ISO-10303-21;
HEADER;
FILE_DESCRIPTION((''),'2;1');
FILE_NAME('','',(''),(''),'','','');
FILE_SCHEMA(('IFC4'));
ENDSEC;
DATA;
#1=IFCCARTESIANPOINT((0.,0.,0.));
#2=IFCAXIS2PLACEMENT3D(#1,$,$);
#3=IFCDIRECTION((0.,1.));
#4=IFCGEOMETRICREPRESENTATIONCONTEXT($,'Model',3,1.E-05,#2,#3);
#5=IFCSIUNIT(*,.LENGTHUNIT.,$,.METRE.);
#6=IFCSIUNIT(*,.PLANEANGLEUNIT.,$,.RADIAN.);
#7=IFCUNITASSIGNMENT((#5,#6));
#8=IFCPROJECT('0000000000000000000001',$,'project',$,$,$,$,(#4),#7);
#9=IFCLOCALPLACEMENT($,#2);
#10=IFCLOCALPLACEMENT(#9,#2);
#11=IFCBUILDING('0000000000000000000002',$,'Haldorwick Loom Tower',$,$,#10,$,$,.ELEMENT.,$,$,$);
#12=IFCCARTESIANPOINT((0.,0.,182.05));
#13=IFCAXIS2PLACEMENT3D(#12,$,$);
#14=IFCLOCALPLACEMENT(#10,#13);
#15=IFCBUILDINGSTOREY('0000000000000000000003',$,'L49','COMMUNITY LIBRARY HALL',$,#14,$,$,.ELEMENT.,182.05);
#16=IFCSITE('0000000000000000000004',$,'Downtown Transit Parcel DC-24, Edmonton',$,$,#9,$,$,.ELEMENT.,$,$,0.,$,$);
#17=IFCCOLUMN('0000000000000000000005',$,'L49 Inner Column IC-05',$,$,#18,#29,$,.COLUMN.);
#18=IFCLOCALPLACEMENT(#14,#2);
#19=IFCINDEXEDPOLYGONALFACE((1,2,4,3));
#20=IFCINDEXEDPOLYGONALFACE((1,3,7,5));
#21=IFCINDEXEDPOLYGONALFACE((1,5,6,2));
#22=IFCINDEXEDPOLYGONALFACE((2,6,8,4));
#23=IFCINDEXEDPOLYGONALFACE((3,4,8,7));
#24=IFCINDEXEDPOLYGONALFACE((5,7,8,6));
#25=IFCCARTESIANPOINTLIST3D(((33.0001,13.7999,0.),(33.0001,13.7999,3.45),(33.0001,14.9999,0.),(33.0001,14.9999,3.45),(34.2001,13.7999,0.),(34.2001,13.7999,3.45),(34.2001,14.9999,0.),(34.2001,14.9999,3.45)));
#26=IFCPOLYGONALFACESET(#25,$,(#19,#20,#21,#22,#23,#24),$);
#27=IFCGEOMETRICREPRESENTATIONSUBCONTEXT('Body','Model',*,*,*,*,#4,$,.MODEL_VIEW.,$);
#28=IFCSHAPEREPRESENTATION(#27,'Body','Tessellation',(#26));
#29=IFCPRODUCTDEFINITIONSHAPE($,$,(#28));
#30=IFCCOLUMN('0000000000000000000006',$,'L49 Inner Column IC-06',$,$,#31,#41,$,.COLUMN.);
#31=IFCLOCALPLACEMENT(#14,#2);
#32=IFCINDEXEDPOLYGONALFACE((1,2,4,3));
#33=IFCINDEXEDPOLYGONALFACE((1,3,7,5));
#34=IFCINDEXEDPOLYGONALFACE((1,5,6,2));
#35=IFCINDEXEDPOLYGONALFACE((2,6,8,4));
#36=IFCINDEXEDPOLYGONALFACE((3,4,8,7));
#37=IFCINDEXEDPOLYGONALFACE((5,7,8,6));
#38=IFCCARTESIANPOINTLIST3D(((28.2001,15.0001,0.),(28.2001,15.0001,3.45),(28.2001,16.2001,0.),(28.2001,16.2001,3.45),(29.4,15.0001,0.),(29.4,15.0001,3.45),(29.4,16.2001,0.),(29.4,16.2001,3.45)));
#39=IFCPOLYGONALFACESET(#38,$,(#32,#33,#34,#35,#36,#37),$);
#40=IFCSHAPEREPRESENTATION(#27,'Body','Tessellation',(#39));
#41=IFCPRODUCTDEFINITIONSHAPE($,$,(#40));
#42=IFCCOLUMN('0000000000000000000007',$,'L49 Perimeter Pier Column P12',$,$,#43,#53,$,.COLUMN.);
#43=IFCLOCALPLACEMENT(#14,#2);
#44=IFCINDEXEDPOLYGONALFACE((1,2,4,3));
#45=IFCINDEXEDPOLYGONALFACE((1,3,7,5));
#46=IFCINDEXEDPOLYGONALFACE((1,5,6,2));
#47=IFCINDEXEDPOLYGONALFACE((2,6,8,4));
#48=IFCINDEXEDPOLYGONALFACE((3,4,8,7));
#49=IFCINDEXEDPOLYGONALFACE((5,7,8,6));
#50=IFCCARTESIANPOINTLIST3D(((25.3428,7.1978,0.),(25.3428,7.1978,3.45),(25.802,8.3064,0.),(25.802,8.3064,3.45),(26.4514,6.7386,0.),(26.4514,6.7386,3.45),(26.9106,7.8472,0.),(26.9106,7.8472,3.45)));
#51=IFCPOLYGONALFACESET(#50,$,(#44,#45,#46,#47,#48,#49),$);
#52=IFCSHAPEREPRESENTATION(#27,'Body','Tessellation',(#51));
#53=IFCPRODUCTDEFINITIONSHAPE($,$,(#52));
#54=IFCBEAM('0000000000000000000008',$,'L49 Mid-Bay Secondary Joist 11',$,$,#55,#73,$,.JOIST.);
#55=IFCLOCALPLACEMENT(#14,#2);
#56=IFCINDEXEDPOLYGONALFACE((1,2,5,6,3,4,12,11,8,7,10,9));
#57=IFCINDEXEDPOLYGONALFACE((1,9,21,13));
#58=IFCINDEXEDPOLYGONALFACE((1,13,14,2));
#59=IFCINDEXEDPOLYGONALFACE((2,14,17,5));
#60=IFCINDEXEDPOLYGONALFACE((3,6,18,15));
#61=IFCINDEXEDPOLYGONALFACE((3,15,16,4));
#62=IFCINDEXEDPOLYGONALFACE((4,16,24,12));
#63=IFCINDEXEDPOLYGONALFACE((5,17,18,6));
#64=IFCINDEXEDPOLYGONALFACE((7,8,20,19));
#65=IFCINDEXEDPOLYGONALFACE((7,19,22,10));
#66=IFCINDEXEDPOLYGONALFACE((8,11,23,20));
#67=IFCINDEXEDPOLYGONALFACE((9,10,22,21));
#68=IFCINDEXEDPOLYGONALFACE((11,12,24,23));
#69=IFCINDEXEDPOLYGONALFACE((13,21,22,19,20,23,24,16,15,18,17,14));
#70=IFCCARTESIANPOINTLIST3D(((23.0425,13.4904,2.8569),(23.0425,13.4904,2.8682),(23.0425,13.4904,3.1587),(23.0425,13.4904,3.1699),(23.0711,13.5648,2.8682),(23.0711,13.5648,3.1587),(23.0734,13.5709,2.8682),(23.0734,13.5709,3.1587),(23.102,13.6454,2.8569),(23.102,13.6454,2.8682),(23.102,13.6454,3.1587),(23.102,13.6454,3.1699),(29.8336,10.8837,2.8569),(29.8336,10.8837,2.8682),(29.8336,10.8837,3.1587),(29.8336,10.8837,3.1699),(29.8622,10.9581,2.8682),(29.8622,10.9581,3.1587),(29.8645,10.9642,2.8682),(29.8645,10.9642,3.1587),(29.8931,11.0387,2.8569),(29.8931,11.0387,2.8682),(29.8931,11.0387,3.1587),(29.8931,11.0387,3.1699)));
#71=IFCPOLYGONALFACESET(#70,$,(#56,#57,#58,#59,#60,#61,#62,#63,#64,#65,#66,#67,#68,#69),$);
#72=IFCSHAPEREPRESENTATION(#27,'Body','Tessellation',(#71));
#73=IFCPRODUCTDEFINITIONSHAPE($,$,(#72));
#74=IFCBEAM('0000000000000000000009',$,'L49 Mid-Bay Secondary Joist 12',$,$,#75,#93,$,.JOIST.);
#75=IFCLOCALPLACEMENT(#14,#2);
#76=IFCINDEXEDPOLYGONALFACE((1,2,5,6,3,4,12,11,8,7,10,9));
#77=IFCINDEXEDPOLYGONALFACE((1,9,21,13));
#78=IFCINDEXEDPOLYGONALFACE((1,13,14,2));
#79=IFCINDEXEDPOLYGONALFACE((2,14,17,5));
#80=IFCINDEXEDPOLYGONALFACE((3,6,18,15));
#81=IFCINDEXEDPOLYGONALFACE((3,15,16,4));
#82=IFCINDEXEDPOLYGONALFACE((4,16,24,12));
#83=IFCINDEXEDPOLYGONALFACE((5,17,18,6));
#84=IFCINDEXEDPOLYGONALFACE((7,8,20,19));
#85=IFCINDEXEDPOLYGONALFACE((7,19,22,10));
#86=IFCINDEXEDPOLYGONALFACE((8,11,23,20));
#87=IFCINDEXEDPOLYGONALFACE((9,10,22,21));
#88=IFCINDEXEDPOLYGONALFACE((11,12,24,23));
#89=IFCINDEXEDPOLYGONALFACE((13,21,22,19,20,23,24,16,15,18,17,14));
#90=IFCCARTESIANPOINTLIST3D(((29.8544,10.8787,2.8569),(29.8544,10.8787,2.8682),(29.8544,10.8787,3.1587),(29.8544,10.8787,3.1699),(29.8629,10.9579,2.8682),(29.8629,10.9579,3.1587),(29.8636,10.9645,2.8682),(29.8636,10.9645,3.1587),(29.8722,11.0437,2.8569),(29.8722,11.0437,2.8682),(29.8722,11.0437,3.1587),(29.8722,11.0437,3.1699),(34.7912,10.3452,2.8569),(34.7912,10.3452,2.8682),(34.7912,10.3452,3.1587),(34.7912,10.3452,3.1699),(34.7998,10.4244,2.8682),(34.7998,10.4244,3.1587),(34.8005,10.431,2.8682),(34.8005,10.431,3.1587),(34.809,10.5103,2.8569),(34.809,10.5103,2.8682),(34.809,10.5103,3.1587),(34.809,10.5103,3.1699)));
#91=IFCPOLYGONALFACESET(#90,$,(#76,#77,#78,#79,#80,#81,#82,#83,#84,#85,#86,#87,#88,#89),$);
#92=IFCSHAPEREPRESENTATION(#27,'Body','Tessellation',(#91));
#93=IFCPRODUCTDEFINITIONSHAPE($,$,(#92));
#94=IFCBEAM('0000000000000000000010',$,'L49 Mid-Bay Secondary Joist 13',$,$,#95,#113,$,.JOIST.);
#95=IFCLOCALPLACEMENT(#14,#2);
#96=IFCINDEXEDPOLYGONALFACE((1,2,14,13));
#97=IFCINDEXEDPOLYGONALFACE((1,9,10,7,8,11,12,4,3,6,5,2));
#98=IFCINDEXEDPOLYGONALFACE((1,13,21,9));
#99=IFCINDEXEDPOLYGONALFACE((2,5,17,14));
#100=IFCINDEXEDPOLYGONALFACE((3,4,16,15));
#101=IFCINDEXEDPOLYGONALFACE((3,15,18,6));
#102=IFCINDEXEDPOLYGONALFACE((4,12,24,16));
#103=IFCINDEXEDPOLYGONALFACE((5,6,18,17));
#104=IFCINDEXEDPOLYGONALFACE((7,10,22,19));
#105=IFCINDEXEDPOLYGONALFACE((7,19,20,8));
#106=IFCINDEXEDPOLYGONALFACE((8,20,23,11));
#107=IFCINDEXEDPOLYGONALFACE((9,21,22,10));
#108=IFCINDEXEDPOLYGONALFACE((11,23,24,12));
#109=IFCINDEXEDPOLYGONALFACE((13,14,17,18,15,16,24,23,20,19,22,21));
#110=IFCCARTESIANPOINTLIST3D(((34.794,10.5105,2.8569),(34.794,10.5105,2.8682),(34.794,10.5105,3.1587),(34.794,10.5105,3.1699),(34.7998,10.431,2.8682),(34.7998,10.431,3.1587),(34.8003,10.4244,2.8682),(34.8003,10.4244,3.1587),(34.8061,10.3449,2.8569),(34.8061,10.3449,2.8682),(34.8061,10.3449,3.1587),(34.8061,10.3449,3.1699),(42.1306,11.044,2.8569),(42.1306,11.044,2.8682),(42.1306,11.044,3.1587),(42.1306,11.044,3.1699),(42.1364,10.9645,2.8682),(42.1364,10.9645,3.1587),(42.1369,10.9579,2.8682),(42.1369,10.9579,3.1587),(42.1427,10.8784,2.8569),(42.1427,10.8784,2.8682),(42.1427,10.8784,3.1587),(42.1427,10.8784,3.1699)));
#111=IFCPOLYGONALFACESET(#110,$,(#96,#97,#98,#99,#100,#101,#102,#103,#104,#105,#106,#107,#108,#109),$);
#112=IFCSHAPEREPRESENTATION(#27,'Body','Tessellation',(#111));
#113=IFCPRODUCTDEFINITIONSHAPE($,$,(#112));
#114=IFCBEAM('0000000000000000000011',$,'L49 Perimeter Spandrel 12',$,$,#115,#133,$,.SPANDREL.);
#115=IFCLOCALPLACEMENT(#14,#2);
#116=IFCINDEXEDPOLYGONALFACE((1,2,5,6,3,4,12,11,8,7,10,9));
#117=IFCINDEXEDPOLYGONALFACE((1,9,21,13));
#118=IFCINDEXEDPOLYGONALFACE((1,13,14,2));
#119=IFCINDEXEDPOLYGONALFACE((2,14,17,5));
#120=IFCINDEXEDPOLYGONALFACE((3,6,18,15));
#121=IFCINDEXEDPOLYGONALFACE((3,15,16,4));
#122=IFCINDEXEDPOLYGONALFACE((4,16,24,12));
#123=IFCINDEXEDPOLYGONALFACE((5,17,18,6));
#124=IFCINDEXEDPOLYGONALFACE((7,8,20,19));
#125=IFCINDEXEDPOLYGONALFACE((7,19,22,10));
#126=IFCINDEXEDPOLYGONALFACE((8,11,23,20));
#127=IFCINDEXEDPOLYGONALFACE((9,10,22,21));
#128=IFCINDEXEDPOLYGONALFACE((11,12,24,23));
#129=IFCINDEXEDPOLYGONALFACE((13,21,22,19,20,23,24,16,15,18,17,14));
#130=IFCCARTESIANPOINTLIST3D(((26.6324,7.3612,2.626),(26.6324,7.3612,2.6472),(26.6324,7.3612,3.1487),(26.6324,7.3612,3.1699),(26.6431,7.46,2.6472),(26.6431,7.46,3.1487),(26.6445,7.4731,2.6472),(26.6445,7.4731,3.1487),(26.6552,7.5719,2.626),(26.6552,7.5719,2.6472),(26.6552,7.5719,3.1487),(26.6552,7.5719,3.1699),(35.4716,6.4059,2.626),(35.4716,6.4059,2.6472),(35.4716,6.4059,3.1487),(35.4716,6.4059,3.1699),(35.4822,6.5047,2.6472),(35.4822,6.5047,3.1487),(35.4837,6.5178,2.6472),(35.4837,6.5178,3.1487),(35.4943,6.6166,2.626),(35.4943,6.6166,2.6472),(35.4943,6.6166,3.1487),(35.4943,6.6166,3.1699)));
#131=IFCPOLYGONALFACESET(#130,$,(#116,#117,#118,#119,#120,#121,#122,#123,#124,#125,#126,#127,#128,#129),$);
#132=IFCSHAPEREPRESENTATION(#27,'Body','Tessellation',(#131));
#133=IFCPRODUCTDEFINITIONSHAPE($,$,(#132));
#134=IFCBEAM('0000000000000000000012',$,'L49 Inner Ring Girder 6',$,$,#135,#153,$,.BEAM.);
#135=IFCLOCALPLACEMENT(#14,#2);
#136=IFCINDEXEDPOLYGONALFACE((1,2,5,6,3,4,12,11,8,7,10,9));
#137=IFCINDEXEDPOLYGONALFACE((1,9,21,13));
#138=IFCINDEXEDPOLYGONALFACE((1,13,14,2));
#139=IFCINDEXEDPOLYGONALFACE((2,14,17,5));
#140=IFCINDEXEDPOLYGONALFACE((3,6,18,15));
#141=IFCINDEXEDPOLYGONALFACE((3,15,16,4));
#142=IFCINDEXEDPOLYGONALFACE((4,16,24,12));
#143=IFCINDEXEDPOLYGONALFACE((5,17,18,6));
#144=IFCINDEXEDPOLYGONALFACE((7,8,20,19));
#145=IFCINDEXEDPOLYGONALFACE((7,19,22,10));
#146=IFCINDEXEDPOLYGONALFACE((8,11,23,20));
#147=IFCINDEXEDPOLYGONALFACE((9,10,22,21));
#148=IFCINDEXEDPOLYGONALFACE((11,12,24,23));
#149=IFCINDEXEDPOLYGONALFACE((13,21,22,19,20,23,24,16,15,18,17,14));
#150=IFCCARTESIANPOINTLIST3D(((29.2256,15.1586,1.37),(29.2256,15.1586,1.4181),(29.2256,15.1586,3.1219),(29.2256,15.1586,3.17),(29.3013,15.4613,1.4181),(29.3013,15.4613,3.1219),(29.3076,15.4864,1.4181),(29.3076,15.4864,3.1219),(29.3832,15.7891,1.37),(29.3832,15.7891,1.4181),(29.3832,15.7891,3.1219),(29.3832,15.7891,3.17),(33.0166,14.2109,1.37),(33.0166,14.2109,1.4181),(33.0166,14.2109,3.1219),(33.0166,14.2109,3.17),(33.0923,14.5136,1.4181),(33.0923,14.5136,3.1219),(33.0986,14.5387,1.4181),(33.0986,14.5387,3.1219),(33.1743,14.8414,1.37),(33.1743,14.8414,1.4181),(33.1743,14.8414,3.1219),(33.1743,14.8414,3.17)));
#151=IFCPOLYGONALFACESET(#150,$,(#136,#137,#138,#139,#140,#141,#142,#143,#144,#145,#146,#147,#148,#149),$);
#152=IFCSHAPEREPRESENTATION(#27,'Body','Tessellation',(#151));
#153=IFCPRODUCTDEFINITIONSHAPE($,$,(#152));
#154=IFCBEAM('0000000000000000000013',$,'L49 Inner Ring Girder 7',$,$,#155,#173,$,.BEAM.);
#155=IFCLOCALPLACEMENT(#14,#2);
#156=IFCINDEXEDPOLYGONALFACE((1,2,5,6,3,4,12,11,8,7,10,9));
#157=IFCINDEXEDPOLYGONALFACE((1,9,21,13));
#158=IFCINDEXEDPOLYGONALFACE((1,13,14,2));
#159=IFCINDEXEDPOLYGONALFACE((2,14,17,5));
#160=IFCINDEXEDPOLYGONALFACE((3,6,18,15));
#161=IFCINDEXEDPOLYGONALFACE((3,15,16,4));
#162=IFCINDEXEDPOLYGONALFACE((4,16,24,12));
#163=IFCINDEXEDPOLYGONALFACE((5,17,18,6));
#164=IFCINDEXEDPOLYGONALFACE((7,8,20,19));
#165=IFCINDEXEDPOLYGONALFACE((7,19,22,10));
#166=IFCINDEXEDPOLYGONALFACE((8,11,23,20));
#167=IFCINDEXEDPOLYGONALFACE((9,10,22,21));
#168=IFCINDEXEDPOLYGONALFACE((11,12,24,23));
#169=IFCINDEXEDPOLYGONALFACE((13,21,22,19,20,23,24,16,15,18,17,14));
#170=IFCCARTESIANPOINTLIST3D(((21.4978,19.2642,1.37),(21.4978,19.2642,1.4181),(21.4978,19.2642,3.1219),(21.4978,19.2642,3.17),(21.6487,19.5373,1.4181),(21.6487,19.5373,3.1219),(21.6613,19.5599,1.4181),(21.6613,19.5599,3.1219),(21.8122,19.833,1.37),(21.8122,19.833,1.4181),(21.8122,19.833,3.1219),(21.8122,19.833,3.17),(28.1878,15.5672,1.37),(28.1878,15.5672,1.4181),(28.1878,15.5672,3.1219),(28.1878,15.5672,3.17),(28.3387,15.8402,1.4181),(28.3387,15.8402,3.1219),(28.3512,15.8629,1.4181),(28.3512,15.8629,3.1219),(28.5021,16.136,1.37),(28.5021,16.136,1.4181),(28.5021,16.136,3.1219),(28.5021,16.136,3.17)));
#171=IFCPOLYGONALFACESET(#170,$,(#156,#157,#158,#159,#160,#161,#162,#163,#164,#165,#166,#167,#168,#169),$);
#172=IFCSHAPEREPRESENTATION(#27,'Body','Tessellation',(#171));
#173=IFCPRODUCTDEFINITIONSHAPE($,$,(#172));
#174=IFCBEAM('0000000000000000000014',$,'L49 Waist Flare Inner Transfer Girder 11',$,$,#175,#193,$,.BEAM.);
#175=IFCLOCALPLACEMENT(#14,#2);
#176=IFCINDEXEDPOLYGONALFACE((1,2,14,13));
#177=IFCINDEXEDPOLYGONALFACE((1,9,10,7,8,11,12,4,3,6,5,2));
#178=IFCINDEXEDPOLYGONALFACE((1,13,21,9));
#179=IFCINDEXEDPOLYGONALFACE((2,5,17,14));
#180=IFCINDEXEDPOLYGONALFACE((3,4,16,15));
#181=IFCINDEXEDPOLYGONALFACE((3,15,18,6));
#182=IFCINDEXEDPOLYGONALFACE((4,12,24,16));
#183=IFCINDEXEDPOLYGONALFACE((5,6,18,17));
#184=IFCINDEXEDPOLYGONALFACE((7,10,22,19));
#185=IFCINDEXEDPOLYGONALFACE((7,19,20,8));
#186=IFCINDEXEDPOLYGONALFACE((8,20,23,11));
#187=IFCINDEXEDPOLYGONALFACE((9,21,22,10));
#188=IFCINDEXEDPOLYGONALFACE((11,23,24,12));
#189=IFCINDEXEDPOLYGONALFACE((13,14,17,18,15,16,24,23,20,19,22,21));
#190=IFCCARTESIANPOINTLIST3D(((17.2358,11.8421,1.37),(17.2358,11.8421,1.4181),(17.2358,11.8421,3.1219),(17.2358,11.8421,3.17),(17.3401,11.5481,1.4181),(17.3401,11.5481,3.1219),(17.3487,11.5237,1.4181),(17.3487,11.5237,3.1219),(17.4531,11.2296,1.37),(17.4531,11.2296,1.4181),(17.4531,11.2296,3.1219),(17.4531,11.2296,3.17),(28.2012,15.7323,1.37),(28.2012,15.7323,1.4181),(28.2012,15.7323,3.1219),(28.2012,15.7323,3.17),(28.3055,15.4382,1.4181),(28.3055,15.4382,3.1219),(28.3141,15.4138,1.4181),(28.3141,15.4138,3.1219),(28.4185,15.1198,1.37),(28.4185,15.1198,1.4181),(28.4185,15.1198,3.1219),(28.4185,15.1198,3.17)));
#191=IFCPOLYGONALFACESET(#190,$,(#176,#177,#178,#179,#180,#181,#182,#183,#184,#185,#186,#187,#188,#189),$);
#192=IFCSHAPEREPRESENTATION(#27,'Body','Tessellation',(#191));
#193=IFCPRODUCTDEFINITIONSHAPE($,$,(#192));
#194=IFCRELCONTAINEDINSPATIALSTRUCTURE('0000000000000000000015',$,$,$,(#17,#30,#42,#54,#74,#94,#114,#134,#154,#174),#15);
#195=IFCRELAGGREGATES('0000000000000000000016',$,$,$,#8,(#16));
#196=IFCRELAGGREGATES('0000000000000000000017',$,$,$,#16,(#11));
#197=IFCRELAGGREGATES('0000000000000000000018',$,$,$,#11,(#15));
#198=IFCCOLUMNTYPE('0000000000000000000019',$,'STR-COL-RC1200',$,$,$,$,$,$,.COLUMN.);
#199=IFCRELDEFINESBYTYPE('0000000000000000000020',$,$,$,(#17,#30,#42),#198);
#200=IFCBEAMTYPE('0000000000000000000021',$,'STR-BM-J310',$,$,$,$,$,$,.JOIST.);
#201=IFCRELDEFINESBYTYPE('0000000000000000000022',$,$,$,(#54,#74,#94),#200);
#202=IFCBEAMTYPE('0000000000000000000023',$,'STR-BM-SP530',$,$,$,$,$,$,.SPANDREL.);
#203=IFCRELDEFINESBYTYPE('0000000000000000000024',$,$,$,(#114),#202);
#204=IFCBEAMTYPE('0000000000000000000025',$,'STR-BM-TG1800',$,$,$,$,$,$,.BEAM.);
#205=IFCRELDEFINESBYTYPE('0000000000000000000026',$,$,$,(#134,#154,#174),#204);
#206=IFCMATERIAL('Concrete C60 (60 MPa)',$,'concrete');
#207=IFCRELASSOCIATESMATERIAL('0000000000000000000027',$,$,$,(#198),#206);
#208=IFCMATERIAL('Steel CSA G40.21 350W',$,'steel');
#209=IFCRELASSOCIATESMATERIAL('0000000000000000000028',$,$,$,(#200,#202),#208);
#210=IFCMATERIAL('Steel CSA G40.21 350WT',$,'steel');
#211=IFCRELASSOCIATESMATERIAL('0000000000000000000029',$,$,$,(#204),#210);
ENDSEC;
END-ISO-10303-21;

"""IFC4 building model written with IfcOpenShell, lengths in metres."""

from ifc_helpers import new_model, si_unit, direction, frame, origin, origin_2d, place, context, subcontext, project, spatial, rectangle, i_section, extrude, material, material_profile, profile_set, type_object, element, save


model = new_model("IFC4")

# Units and contexts
model_context = context("Model", 3, precision=1e-05, world=origin(), true_north=direction((0.0, 1.0)))
body_context = subcontext(model_context, "Body", "Model", "MODEL_VIEW")
ifc_project = project(units=[si_unit("LENGTHUNIT", "METRE"), si_unit("PLANEANGLEUNIT", "RADIAN")], contexts=[model_context])

# Site, building, storey
site_placement = place(None, origin())
site = spatial("IfcSite", under=ifc_project, at=site_placement, Name="Downtown Transit Parcel DC-24, Edmonton", CompositionType="ELEMENT", RefElevation=0.0)
building_placement = place(site_placement, origin())
building = spatial("IfcBuilding", under=site, at=building_placement, Name="Haldorwick Loom Tower", CompositionType="ELEMENT")
storey_placement = place(building_placement, frame((0.0, 0.0, 182.05)))
storey = spatial("IfcBuildingStorey", under=building, at=storey_placement, Name="L49", Description="COMMUNITY LIBRARY HALL", CompositionType="ELEMENT", Elevation=182.05)

# Columns
ifc_material_1 = material(Name="Concrete C60 (60 MPa)", Category="concrete")
ifc_material_profile_1 = material_profile(ifc_material_1, rectangle(XDim=1.2, YDim=1.2, at=origin_2d()), Name="RC1200X1200", Category="concrete")
ifc_profile_set_1 = profile_set([ifc_material_profile_1], Name="Concrete C60 (60 MPa)")
column_type = type_object("IfcColumnType", Name="STR-COL-RC1200", PredefinedType="COLUMN", material=ifc_profile_set_1)
for number, where, z_axis, x_axis, name in (
    (1, (33.6001, 14.3999, 0.0), (0.0, 0.0, 1.0), (1.0, 0.0, 0.0), "L49 Inner Column IC-05"),
    (2, (28.8, 15.6001, 0.0), (0.0, 0.0, 1.0), (1.0, 0.0, 0.0), "L49 Inner Column IC-06"),
    (3, (26.1267, 7.5225, 0.0), (0.0, 0.0, 1.0), (-0.382683, -0.92388, 0.0), "L49 Perimeter Pier Column P12"),
):
    element("IfcColumn", number, at=place(storey_placement, frame(where, z_axis=z_axis, x_axis=x_axis)), inside=storey, type_object=column_type, Name=name, PredefinedType="COLUMN", context=body_context, shape_type="SweptSolid", body=[
        extrude(rectangle(XDim=1.2, YDim=1.2, at=origin_2d()), origin(), (0.0, 0.0, 1.0), 3.45),
    ])

# Beams
ifc_material_2 = material(Name="Steel CSA G40.21 350W", Category="steel")
ifc_material_profile_2 = material_profile(ifc_material_2, i_section(OverallWidth=0.166, OverallDepth=0.313, WebThickness=0.0066, FlangeThickness=0.0112, at=origin_2d()), Name="W310X45", Category="steel")
ifc_profile_set_2 = profile_set([ifc_material_profile_2], Name="Steel CSA G40.21 350W")
beam_type_1 = type_object("IfcBeamType", Name="STR-BM-J310", PredefinedType="JOIST", material=ifc_profile_set_2)
beam_1_placement = place(storey_placement, frame((23.0723, 13.5679, 3.0134), z_axis=(0.933587, -0.358352, 0.0), x_axis=(0.358352, 0.933587, 0.0)))
element("IfcBeam", 4, at=beam_1_placement, inside=storey, type_object=beam_type_1, Name="L49 Mid-Bay Secondary Joist 11", PredefinedType="JOIST", context=body_context, shape_type="SweptSolid", body=[
    extrude(i_section(OverallWidth=0.166, OverallDepth=0.313, WebThickness=0.0066, FlangeThickness=0.0112, at=origin_2d()), origin(), (0.0, 0.0, 1.0), 7.2742),
])
beam_2_placement = place(storey_placement, frame((29.8633, 10.9612, 3.0134), z_axis=(0.994213, -0.107431, 0.0), x_axis=(0.107431, 0.994213, 0.0)))
element("IfcBeam", 5, at=beam_2_placement, inside=storey, type_object=beam_type_1, Name="L49 Mid-Bay Secondary Joist 12", PredefinedType="JOIST", context=body_context, shape_type="SweptSolid", body=[
    extrude(i_section(OverallWidth=0.166, OverallDepth=0.313, WebThickness=0.0066, FlangeThickness=0.0112, at=origin_2d()), origin(), (0.0, 0.0, 1.0), 4.9656),
])
beam_3_placement = place(storey_placement, frame((34.8, 10.4277, 3.0134), z_axis=(0.997367, 0.072518, 0.0), x_axis=(-0.072518, 0.997367, 0.0)))
element("IfcBeam", 6, at=beam_3_placement, inside=storey, type_object=beam_type_1, Name="L49 Mid-Bay Secondary Joist 13", PredefinedType="JOIST", context=body_context, shape_type="SweptSolid", body=[
    extrude(i_section(OverallWidth=0.166, OverallDepth=0.313, WebThickness=0.0066, FlangeThickness=0.0112, at=origin_2d()), origin(), (0.0, 0.0, 1.0), 7.356),
])
ifc_material_profile_3 = material_profile(ifc_material_2, i_section(OverallWidth=0.2119, OverallDepth=0.5439, WebThickness=0.0132, FlangeThickness=0.0212, at=origin_2d()), Name="W530X123", Category="steel")
ifc_profile_set_3 = profile_set([ifc_material_profile_3], Name="Steel CSA G40.21 350W")
beam_type_2 = type_object("IfcBeamType", Name="STR-BM-SP530", PredefinedType="SPANDREL", material=ifc_profile_set_3)
beam_4_placement = place(storey_placement, frame((26.6438, 7.4666, 2.8979), z_axis=(0.99421, -0.107453, 0.0), x_axis=(0.107453, 0.99421, 0.0)))
element("IfcBeam", 7, at=beam_4_placement, inside=storey, type_object=beam_type_2, Name="L49 Perimeter Spandrel 12", PredefinedType="SPANDREL", context=body_context, shape_type="SweptSolid", body=[
    extrude(i_section(OverallWidth=0.2119, OverallDepth=0.5439, WebThickness=0.0132, FlangeThickness=0.0212, at=origin_2d()), origin(), (0.0, 0.0, 1.0), 8.8906),
])
ifc_material_3 = material(Name="Steel CSA G40.21 350WT", Category="steel")
ifc_material_profile_4 = material_profile(ifc_material_3, i_section(OverallWidth=0.6499, OverallDepth=1.8, WebThickness=0.0259, FlangeThickness=0.0481, at=origin_2d()), Name="WWF1800X650", Category="steel")
ifc_profile_set_4 = profile_set([ifc_material_profile_4], Name="Steel CSA G40.21 350WT")
beam_type_3 = type_object("IfcBeamType", Name="STR-BM-TG1800", PredefinedType="BEAM", material=ifc_profile_set_4)
beam_5_placement = place(storey_placement, frame((33.0955, 14.5261, 2.27), z_axis=(-0.970143, 0.242536, 0.0), x_axis=(-0.242536, -0.970143, 0.0)))
element("IfcBeam", 8, at=beam_5_placement, inside=storey, type_object=beam_type_3, Name="L49 Inner Ring Girder 6", PredefinedType="BEAM", context=body_context, shape_type="SweptSolid", body=[
    extrude(i_section(OverallWidth=0.6499, OverallDepth=1.8, WebThickness=0.0259, FlangeThickness=0.0481, at=origin_2d()), origin(), (0.0, 0.0, 1.0), 3.9077),
])
beam_6_placement = place(storey_placement, frame((28.345, 15.8516, 2.27), z_axis=(-0.875244, 0.483681, 0.0), x_axis=(-0.483681, -0.875244, 0.0)))
element("IfcBeam", 9, at=beam_6_placement, inside=storey, type_object=beam_type_3, Name="L49 Inner Ring Girder 7", PredefinedType="BEAM", context=body_context, shape_type="SweptSolid", body=[
    extrude(i_section(OverallWidth=0.6499, OverallDepth=1.8, WebThickness=0.0259, FlangeThickness=0.0481, at=origin_2d()), origin(), (0.0, 0.0, 1.0), 7.6436),
])
beam_7_placement = place(storey_placement, frame((28.3098, 15.426, 2.27), z_axis=(-0.942449, -0.33435, 0.0), x_axis=(0.33435, -0.942449, 0.0)))
element("IfcBeam", 10, at=beam_7_placement, inside=storey, type_object=beam_type_3, Name="L49 Waist Flare Inner Transfer Girder 11", PredefinedType="BEAM", context=body_context, shape_type="SweptSolid", body=[
    extrude(i_section(OverallWidth=0.6499, OverallDepth=1.8, WebThickness=0.0259, FlangeThickness=0.0481, at=origin_2d()), origin(), (0.0, 0.0, 1.0), 11.635),
])

save(model, "model.ifc")
